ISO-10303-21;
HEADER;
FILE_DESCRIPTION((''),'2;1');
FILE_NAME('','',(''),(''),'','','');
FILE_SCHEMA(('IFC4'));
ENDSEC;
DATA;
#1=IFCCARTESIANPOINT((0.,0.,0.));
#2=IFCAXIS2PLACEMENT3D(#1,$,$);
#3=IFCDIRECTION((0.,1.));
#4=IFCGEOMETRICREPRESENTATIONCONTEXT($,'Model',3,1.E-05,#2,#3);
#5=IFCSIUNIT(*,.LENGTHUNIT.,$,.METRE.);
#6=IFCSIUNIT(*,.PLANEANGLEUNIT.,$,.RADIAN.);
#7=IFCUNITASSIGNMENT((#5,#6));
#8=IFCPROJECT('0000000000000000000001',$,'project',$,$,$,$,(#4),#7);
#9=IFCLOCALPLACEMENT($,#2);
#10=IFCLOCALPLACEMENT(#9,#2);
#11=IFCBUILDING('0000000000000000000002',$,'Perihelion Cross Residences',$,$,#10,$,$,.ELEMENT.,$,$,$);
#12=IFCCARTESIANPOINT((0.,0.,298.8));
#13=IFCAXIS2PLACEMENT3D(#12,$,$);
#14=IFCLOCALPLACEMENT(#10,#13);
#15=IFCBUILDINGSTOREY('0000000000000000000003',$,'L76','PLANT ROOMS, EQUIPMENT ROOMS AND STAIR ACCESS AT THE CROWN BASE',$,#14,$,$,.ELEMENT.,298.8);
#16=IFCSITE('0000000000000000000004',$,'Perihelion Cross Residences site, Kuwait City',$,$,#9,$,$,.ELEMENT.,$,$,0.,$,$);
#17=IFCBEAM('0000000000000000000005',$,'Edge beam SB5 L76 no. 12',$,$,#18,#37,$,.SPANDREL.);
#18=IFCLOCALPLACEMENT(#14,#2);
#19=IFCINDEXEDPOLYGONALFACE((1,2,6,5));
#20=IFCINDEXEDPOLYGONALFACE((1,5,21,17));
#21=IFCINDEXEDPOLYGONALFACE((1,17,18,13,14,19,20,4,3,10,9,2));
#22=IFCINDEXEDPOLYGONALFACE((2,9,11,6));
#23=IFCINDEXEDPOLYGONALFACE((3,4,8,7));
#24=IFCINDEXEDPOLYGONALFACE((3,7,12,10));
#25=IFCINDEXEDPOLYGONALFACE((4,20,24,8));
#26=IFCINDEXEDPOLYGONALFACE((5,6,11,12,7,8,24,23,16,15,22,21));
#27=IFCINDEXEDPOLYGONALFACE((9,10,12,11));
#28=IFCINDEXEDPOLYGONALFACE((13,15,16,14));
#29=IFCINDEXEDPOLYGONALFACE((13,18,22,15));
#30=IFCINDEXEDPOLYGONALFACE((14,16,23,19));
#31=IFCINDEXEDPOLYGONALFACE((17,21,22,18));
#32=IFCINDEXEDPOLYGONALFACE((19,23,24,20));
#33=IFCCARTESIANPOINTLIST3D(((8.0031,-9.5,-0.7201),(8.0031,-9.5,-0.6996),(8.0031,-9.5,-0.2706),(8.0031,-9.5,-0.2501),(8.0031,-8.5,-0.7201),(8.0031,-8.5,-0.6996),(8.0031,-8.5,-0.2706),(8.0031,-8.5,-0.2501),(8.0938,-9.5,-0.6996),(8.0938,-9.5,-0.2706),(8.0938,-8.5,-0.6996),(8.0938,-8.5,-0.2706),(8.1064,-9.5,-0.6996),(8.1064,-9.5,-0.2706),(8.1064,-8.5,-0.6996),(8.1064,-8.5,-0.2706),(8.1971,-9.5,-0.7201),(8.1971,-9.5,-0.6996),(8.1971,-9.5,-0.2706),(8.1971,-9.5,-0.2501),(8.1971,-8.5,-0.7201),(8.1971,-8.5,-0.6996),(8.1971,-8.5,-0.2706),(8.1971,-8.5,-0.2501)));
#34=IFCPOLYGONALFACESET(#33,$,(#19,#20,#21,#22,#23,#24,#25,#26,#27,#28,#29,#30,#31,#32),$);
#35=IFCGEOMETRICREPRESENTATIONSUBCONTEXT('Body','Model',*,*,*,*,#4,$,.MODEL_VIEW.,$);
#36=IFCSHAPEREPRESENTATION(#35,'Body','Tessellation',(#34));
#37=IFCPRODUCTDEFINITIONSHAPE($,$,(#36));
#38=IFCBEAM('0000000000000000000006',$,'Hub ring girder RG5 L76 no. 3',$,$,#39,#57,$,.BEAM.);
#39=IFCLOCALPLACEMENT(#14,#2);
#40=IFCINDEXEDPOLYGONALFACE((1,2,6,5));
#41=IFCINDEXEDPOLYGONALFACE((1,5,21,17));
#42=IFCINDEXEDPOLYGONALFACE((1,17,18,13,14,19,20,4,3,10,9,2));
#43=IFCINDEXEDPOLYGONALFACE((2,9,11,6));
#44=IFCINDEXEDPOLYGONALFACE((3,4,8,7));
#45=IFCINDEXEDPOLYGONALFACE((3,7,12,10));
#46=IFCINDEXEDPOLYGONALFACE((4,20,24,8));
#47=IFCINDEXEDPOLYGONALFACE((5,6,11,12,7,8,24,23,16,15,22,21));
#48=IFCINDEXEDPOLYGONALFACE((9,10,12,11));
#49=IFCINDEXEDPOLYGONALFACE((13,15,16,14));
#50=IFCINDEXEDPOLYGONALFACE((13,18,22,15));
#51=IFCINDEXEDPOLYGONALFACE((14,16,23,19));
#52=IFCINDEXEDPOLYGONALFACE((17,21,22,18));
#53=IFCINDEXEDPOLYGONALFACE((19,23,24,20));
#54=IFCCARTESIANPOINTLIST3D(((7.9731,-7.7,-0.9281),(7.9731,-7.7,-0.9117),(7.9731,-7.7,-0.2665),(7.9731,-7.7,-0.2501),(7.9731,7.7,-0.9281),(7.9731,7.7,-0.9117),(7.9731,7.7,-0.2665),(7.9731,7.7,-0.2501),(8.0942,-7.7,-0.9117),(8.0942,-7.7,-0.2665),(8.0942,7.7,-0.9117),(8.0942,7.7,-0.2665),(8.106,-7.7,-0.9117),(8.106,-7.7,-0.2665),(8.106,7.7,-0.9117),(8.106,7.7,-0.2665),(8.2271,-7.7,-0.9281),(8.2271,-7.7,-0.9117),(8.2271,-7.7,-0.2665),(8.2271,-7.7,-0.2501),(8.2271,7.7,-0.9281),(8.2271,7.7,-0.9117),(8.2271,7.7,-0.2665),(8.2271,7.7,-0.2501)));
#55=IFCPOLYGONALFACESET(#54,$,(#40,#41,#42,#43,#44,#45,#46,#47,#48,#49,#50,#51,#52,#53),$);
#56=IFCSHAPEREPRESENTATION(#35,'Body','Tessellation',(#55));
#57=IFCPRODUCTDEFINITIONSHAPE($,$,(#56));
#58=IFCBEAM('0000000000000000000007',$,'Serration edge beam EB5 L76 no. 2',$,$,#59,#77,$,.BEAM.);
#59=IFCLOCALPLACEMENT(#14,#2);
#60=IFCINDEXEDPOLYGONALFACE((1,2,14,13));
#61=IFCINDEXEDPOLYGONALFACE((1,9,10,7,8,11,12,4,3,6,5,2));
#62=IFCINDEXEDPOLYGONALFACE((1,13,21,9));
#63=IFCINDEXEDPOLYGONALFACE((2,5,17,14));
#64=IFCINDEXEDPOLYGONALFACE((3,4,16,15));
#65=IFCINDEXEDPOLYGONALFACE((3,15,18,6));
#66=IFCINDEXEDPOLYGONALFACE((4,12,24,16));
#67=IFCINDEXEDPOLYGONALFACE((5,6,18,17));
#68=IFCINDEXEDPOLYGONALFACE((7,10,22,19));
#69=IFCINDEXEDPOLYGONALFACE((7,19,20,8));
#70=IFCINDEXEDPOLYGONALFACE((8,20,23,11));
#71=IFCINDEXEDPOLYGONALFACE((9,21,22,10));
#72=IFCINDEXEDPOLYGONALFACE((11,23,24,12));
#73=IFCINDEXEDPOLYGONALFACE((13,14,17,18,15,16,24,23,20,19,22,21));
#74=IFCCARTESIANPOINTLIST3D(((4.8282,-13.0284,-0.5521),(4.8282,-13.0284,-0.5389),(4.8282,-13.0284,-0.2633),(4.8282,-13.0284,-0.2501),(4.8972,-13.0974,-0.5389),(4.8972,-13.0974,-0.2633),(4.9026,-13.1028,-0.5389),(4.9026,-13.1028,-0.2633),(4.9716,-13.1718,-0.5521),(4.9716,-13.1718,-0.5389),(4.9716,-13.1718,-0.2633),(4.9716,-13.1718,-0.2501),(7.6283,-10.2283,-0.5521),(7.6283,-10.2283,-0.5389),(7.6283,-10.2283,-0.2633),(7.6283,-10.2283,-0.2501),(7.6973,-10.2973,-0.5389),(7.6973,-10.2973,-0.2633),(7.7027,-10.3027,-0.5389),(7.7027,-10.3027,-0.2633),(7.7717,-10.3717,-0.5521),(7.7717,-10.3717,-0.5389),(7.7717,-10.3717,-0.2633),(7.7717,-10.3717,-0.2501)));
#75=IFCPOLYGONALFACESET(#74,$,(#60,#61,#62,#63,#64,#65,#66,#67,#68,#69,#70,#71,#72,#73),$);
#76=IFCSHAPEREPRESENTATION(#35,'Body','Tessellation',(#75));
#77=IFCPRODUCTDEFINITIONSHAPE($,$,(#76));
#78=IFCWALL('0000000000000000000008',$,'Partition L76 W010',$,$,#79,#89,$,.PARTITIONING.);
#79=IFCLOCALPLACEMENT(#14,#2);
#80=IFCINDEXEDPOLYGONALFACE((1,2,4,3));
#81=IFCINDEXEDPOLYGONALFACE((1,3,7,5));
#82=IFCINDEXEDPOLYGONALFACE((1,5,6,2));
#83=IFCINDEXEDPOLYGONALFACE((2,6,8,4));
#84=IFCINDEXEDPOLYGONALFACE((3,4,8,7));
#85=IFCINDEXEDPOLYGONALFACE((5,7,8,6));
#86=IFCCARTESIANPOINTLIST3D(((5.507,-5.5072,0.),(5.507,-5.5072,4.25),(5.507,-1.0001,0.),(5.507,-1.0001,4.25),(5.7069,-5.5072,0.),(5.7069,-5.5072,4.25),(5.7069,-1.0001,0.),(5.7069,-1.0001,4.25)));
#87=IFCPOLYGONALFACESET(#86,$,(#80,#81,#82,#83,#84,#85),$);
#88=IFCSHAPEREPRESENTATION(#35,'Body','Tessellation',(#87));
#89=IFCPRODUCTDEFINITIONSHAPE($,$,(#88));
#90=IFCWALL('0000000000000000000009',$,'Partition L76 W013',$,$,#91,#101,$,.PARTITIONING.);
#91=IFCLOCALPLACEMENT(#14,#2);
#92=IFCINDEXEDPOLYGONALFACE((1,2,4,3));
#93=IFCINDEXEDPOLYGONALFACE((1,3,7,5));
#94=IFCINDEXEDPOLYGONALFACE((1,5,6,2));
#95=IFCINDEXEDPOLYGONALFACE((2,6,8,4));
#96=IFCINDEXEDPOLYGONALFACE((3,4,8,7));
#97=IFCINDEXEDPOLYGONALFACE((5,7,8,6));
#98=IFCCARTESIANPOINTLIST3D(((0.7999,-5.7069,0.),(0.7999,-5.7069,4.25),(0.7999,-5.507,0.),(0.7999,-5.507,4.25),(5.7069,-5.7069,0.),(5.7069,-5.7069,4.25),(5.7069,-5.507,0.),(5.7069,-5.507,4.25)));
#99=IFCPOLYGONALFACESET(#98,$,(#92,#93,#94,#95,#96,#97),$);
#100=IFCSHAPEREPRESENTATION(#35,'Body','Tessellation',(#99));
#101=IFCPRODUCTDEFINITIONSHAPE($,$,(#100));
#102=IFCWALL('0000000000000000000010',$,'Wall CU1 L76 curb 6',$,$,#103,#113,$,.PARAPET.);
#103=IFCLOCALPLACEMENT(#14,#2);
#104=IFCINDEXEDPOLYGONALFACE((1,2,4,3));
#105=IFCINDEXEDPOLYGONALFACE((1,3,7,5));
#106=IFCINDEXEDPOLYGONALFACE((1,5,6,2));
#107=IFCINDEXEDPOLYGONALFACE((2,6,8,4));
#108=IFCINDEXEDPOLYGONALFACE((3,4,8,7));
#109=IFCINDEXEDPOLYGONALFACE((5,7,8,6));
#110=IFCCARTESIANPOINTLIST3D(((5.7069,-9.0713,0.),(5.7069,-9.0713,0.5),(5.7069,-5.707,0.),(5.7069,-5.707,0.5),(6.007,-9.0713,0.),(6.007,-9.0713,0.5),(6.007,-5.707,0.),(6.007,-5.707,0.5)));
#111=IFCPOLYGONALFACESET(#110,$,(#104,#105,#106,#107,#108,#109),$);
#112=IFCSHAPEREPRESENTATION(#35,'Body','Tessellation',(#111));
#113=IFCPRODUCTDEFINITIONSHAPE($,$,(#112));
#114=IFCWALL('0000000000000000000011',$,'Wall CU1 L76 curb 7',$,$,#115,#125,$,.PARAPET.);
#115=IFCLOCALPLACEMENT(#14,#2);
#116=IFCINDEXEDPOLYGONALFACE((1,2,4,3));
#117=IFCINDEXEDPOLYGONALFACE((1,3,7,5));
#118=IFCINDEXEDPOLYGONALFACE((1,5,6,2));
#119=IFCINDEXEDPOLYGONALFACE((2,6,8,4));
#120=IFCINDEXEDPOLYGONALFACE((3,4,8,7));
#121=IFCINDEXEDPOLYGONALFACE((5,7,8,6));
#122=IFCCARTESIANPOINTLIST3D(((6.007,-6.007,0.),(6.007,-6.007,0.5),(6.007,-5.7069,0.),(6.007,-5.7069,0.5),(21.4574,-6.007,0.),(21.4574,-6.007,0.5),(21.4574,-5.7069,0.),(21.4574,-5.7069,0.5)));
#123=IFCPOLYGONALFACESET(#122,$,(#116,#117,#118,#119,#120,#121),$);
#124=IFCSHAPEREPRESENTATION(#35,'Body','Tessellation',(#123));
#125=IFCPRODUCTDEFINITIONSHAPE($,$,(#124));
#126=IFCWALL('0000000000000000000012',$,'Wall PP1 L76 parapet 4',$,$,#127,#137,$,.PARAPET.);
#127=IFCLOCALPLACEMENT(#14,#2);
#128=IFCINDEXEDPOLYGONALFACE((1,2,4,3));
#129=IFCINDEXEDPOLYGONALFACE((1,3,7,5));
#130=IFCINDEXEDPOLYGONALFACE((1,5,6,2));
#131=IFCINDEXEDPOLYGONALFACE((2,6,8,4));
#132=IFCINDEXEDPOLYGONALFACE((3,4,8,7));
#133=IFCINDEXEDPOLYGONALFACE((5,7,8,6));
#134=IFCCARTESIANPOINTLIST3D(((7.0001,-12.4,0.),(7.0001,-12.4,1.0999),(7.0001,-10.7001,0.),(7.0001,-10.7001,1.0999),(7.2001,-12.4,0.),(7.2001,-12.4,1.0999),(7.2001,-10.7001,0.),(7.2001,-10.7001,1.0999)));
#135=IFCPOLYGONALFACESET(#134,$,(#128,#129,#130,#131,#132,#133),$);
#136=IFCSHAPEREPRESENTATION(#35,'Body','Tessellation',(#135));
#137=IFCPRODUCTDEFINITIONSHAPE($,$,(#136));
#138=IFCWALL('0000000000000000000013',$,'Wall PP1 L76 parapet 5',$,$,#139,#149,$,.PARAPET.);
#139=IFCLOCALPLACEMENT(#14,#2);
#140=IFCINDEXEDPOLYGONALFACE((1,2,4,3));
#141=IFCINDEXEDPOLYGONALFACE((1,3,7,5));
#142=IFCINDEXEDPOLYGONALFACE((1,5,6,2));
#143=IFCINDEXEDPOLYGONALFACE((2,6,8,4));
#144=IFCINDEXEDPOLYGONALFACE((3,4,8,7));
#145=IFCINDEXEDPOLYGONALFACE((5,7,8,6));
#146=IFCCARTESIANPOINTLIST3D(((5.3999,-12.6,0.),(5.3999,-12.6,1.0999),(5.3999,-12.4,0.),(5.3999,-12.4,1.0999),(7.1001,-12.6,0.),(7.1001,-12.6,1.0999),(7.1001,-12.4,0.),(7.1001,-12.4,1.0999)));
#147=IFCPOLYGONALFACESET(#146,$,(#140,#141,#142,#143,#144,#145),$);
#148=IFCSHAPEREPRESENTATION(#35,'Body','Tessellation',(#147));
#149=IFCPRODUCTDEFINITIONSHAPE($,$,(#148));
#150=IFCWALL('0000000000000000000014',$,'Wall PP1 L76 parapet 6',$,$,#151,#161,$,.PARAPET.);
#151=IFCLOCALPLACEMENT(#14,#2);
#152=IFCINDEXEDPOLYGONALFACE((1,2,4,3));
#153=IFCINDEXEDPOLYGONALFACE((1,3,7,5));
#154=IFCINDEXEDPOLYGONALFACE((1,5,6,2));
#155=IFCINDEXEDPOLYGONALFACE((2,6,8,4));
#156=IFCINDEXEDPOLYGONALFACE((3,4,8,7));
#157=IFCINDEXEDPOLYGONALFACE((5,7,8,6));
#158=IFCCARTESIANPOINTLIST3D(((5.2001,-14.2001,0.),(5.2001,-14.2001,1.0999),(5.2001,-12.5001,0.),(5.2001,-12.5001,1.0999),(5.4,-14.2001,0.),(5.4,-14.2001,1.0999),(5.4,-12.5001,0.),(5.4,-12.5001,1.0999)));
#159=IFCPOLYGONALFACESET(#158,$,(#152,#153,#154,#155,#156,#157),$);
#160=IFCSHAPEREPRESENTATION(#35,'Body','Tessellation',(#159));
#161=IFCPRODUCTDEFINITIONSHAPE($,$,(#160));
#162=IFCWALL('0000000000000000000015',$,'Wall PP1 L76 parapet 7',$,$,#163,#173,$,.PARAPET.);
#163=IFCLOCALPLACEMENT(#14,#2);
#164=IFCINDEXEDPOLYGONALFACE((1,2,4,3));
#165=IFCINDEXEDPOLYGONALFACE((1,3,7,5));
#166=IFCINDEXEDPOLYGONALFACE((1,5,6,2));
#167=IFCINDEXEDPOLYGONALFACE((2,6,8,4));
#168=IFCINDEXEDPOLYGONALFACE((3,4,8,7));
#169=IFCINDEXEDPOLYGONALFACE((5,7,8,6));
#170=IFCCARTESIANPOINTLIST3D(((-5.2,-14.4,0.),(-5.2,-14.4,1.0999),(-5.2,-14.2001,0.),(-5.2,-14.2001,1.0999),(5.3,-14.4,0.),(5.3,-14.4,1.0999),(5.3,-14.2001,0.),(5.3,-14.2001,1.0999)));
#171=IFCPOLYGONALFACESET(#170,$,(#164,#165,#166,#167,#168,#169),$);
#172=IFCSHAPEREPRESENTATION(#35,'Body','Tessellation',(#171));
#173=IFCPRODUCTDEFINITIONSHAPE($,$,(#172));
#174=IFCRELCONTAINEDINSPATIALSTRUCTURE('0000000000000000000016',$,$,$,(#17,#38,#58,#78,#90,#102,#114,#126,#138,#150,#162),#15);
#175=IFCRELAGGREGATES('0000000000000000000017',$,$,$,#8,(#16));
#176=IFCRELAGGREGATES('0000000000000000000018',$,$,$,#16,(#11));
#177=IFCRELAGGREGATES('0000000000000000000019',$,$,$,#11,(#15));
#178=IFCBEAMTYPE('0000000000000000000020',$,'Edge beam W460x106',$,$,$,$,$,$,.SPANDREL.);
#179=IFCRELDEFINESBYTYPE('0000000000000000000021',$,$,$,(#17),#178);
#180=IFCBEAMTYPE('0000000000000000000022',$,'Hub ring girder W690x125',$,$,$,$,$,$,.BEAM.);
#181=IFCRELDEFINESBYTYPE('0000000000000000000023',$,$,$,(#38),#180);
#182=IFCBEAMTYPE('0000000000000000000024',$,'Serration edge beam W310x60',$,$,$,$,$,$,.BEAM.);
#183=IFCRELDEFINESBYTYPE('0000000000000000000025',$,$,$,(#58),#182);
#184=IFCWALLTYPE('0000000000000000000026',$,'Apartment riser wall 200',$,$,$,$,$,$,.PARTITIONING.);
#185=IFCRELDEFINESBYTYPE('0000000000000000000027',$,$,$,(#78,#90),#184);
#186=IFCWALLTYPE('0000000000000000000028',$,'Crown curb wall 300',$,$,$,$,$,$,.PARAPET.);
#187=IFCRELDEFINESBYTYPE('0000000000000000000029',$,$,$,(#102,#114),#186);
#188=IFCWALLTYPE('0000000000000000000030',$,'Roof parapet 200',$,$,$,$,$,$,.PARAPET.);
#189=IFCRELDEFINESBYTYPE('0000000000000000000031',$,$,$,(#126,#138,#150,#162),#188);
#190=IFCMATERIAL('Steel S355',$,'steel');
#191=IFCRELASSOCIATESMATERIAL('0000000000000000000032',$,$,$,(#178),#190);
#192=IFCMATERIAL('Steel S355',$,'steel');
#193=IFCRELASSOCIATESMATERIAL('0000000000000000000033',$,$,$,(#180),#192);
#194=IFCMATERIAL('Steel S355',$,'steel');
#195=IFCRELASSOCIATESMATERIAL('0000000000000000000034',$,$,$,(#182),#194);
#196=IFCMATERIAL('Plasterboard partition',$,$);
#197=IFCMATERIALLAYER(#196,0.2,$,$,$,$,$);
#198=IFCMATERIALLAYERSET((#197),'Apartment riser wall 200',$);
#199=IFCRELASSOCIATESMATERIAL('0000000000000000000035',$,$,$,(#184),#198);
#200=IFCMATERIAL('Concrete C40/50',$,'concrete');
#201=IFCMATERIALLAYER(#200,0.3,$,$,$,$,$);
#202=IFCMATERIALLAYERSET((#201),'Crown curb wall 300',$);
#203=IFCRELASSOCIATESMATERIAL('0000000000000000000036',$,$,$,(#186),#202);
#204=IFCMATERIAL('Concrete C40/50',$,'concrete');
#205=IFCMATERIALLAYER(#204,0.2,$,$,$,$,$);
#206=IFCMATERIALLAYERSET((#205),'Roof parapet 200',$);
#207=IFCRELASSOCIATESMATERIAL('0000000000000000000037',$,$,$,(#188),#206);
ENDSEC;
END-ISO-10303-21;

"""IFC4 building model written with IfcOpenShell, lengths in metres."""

from ifc_helpers import new_model, si_unit, direction, frame, frame_2d, origin, origin_2d, place, context, subcontext, project, spatial, rectangle, i_section, extrude, material, layer, layer_set, material_profile, profile_set, type_object, element, save


model = new_model("IFC4")

# Units and contexts
model_context = context("Model", 3, precision=1e-05, world=origin(), true_north=direction((0.0, 1.0)))
body_context = subcontext(model_context, "Body", "Model", "MODEL_VIEW")
ifc_project = project(units=[si_unit("LENGTHUNIT", "METRE"), si_unit("PLANEANGLEUNIT", "RADIAN")], contexts=[model_context])

# Site, building, storey
site_placement = place(None, origin())
site = spatial("IfcSite", under=ifc_project, at=site_placement, Name="Perihelion Cross Residences site, Kuwait City", CompositionType="ELEMENT", RefElevation=0.0)
building_placement = place(site_placement, origin())
building = spatial("IfcBuilding", under=site, at=building_placement, Name="Perihelion Cross Residences", CompositionType="ELEMENT")
storey_placement = place(building_placement, frame((0.0, 0.0, 298.8)))
storey = spatial("IfcBuildingStorey", under=building, at=storey_placement, Name="L76", Description="PLANT ROOMS, EQUIPMENT ROOMS AND STAIR ACCESS AT THE CROWN BASE", CompositionType="ELEMENT", Elevation=298.8)

# Beams
ifc_material_1 = material(Name="Steel S355", Category="steel")
ifc_material_profile_1 = material_profile(ifc_material_1, i_section(OverallWidth=0.1941, OverallDepth=0.47, WebThickness=0.0127, FlangeThickness=0.0205, at=origin_2d()), Name="W460x106")
ifc_profile_set_1 = profile_set([ifc_material_profile_1], Name="Steel S355")
beam_type_1 = type_object("IfcBeamType", Name="Edge beam W460x106", PredefinedType="SPANDREL", material=ifc_profile_set_1)
beam_1_placement = place(storey_placement, frame((8.1001, -9.5, -0.4851), z_axis=(0.0, 1.0, 0.0), x_axis=(-1.0, 0.0, 0.0)))
element("IfcBeam", 1, at=beam_1_placement, inside=storey, type_object=beam_type_1, Name="Edge beam SB5 L76 no. 12", PredefinedType="SPANDREL", context=body_context, shape_type="SweptSolid", body=[
    extrude(i_section(OverallWidth=0.1941, OverallDepth=0.47, WebThickness=0.0127, FlangeThickness=0.0205, at=origin_2d()), origin(), (0.0, 0.0, 1.0), 1.0),
])
ifc_material_2 = material(Name="Steel S355", Category="steel")
ifc_material_profile_2 = material_profile(ifc_material_2, i_section(OverallWidth=0.2539, OverallDepth=0.678, WebThickness=0.0117, FlangeThickness=0.0164, at=origin_2d()), Name="W690x125")
ifc_profile_set_2 = profile_set([ifc_material_profile_2], Name="Steel S355")
beam_type_2 = type_object("IfcBeamType", Name="Hub ring girder W690x125", PredefinedType="BEAM", material=ifc_profile_set_2)
beam_2_placement = place(storey_placement, frame((8.1001, -7.7, -0.5891), z_axis=(0.0, 1.0, 0.0), x_axis=(-1.0, 0.0, 0.0)))
element("IfcBeam", 2, at=beam_2_placement, inside=storey, type_object=beam_type_2, Name="Hub ring girder RG5 L76 no. 3", PredefinedType="BEAM", context=body_context, shape_type="SweptSolid", body=[
    extrude(i_section(OverallWidth=0.2539, OverallDepth=0.678, WebThickness=0.0117, FlangeThickness=0.0164, at=origin_2d()), origin(), (0.0, 0.0, 1.0), 15.3999),
])
ifc_material_3 = material(Name="Steel S355", Category="steel")
ifc_material_profile_3 = material_profile(ifc_material_3, i_section(OverallWidth=0.2029, OverallDepth=0.302, WebThickness=0.0076, FlangeThickness=0.0132, at=origin_2d()), Name="W310x60")
ifc_profile_set_3 = profile_set([ifc_material_profile_3], Name="Steel S355")
beam_type_3 = type_object("IfcBeamType", Name="Serration edge beam W310x60", PredefinedType="BEAM", material=ifc_profile_set_3)
beam_3_placement = place(storey_placement, frame((4.8999, -13.1001, -0.4011), z_axis=(0.707107, 0.707107, 0.0), x_axis=(-0.707107, 0.707107, 0.0)))
element("IfcBeam", 3, at=beam_3_placement, inside=storey, type_object=beam_type_3, Name="Serration edge beam EB5 L76 no. 2", PredefinedType="BEAM", context=body_context, shape_type="SweptSolid", body=[
    extrude(i_section(OverallWidth=0.2029, OverallDepth=0.302, WebThickness=0.0076, FlangeThickness=0.0132, at=origin_2d()), origin(), (0.0, 0.0, 1.0), 3.96),
])

# Walls
ifc_material_4 = material(Name="Plasterboard partition")
ifc_layer_1 = layer(ifc_material_4, 0.2)
ifc_layer_set_1 = layer_set([ifc_layer_1], Name="Apartment riser wall 200")
wall_type_1 = type_object("IfcWallType", Name="Apartment riser wall 200", PredefinedType="PARTITIONING", material=ifc_layer_set_1)
wall_1_placement = place(storey_placement, frame((5.6069, -5.5071, 0.0), z_axis=(0.0, 0.0, 1.0), x_axis=(0.0, 1.0, 0.0)))
element("IfcWall", 4, at=wall_1_placement, inside=storey, type_object=wall_type_1, Name="Partition L76 W010", PredefinedType="PARTITIONING", context=body_context, shape_type="SweptSolid", body=[
    extrude(rectangle(XDim=4.5071, YDim=0.2, at=frame_2d((2.2534, 0.0))), origin(), (0.0, 0.0, 1.0), 4.25),
])
wall_2_placement = place(storey_placement, frame((5.707, -5.6069, 0.0), z_axis=(0.0, 0.0, 1.0), x_axis=(-1.0, 0.0, 0.0)))
element("IfcWall", 5, at=wall_2_placement, inside=storey, type_object=wall_type_1, Name="Partition L76 W013", PredefinedType="PARTITIONING", context=body_context, shape_type="SweptSolid", body=[
    extrude(rectangle(XDim=4.907, YDim=0.2, at=frame_2d((2.4536, 0.0))), origin(), (0.0, 0.0, 1.0), 4.25),
])
ifc_material_5 = material(Name="Concrete C40/50", Category="concrete")
ifc_layer_2 = layer(ifc_material_5, 0.3)
ifc_layer_set_2 = layer_set([ifc_layer_2], Name="Crown curb wall 300")
wall_type_2 = type_object("IfcWallType", Name="Crown curb wall 300", PredefinedType="PARAPET", material=ifc_layer_set_2)
wall_3_placement = place(storey_placement, frame((5.8569, -9.0713, 0.0), z_axis=(0.0, 0.0, 1.0), x_axis=(0.0, 1.0, 0.0)))
element("IfcWall", 6, at=wall_3_placement, inside=storey, type_object=wall_type_2, Name="Wall CU1 L76 curb 6", PredefinedType="PARAPET", context=body_context, shape_type="SweptSolid", body=[
    extrude(rectangle(XDim=3.3643, YDim=0.3, at=frame_2d((1.6821, 0.0))), origin(), (0.0, 0.0, 1.0), 0.5),
])
wall_4_placement = place(storey_placement, frame((6.0071, -5.8569, 0.0), z_axis=(0.0, 0.0, 1.0), x_axis=(1.0, 0.0, 0.0)))
element("IfcWall", 7, at=wall_4_placement, inside=storey, type_object=wall_type_2, Name="Wall CU1 L76 curb 7", PredefinedType="PARAPET", context=body_context, shape_type="SweptSolid", body=[
    extrude(rectangle(XDim=15.4504, YDim=0.3, at=frame_2d((7.7251, 0.0))), origin(), (0.0, 0.0, 1.0), 0.5),
])
ifc_material_6 = material(Name="Concrete C40/50", Category="concrete")
ifc_layer_3 = layer(ifc_material_6, 0.2)
ifc_layer_set_3 = layer_set([ifc_layer_3], Name="Roof parapet 200")
wall_type_3 = type_object("IfcWallType", Name="Roof parapet 200", PredefinedType="PARAPET", material=ifc_layer_set_3)
wall_5_placement = place(storey_placement, frame((7.1001, -10.7, 0.0), z_axis=(0.0, 0.0, 1.0), x_axis=(0.0, -1.0, 0.0)))
element("IfcWall", 8, at=wall_5_placement, inside=storey, type_object=wall_type_3, Name="Wall PP1 L76 parapet 4", PredefinedType="PARAPET", context=body_context, shape_type="SweptSolid", body=[
    extrude(rectangle(XDim=1.7, YDim=0.2, at=frame_2d((0.8501, 0.0))), origin(), (0.0, 0.0, 1.0), 1.0999),
])
wall_6_placement = place(storey_placement, frame((7.1001, -12.5, 0.0), z_axis=(0.0, 0.0, 1.0), x_axis=(-1.0, 0.0, 0.0)))
element("IfcWall", 9, at=wall_6_placement, inside=storey, type_object=wall_type_3, Name="Wall PP1 L76 parapet 5", PredefinedType="PARAPET", context=body_context, shape_type="SweptSolid", body=[
    extrude(rectangle(XDim=1.7002, YDim=0.2, at=frame_2d((0.8501, 0.0))), origin(), (0.0, 0.0, 1.0), 1.0999),
])
wall_7_placement = place(storey_placement, frame((5.3, -12.5, 0.0), z_axis=(0.0, 0.0, 1.0), x_axis=(0.0, -1.0, 0.0)))
element("IfcWall", 10, at=wall_7_placement, inside=storey, type_object=wall_type_3, Name="Wall PP1 L76 parapet 6", PredefinedType="PARAPET", context=body_context, shape_type="SweptSolid", body=[
    extrude(rectangle(XDim=1.7, YDim=0.2, at=frame_2d((0.8501, 0.0))), origin(), (0.0, 0.0, 1.0), 1.0999),
])
wall_8_placement = place(storey_placement, frame((5.3, -14.3, 0.0), z_axis=(0.0, 0.0, 1.0), x_axis=(-1.0, 0.0, 0.0)))
element("IfcWall", 11, at=wall_8_placement, inside=storey, type_object=wall_type_3, Name="Wall PP1 L76 parapet 7", PredefinedType="PARAPET", context=body_context, shape_type="SweptSolid", body=[
    extrude(rectangle(XDim=10.5, YDim=0.2, at=frame_2d((5.25, 0.0))), origin(), (0.0, 0.0, 1.0), 1.0999),
])

save(model, "model.ifc")
